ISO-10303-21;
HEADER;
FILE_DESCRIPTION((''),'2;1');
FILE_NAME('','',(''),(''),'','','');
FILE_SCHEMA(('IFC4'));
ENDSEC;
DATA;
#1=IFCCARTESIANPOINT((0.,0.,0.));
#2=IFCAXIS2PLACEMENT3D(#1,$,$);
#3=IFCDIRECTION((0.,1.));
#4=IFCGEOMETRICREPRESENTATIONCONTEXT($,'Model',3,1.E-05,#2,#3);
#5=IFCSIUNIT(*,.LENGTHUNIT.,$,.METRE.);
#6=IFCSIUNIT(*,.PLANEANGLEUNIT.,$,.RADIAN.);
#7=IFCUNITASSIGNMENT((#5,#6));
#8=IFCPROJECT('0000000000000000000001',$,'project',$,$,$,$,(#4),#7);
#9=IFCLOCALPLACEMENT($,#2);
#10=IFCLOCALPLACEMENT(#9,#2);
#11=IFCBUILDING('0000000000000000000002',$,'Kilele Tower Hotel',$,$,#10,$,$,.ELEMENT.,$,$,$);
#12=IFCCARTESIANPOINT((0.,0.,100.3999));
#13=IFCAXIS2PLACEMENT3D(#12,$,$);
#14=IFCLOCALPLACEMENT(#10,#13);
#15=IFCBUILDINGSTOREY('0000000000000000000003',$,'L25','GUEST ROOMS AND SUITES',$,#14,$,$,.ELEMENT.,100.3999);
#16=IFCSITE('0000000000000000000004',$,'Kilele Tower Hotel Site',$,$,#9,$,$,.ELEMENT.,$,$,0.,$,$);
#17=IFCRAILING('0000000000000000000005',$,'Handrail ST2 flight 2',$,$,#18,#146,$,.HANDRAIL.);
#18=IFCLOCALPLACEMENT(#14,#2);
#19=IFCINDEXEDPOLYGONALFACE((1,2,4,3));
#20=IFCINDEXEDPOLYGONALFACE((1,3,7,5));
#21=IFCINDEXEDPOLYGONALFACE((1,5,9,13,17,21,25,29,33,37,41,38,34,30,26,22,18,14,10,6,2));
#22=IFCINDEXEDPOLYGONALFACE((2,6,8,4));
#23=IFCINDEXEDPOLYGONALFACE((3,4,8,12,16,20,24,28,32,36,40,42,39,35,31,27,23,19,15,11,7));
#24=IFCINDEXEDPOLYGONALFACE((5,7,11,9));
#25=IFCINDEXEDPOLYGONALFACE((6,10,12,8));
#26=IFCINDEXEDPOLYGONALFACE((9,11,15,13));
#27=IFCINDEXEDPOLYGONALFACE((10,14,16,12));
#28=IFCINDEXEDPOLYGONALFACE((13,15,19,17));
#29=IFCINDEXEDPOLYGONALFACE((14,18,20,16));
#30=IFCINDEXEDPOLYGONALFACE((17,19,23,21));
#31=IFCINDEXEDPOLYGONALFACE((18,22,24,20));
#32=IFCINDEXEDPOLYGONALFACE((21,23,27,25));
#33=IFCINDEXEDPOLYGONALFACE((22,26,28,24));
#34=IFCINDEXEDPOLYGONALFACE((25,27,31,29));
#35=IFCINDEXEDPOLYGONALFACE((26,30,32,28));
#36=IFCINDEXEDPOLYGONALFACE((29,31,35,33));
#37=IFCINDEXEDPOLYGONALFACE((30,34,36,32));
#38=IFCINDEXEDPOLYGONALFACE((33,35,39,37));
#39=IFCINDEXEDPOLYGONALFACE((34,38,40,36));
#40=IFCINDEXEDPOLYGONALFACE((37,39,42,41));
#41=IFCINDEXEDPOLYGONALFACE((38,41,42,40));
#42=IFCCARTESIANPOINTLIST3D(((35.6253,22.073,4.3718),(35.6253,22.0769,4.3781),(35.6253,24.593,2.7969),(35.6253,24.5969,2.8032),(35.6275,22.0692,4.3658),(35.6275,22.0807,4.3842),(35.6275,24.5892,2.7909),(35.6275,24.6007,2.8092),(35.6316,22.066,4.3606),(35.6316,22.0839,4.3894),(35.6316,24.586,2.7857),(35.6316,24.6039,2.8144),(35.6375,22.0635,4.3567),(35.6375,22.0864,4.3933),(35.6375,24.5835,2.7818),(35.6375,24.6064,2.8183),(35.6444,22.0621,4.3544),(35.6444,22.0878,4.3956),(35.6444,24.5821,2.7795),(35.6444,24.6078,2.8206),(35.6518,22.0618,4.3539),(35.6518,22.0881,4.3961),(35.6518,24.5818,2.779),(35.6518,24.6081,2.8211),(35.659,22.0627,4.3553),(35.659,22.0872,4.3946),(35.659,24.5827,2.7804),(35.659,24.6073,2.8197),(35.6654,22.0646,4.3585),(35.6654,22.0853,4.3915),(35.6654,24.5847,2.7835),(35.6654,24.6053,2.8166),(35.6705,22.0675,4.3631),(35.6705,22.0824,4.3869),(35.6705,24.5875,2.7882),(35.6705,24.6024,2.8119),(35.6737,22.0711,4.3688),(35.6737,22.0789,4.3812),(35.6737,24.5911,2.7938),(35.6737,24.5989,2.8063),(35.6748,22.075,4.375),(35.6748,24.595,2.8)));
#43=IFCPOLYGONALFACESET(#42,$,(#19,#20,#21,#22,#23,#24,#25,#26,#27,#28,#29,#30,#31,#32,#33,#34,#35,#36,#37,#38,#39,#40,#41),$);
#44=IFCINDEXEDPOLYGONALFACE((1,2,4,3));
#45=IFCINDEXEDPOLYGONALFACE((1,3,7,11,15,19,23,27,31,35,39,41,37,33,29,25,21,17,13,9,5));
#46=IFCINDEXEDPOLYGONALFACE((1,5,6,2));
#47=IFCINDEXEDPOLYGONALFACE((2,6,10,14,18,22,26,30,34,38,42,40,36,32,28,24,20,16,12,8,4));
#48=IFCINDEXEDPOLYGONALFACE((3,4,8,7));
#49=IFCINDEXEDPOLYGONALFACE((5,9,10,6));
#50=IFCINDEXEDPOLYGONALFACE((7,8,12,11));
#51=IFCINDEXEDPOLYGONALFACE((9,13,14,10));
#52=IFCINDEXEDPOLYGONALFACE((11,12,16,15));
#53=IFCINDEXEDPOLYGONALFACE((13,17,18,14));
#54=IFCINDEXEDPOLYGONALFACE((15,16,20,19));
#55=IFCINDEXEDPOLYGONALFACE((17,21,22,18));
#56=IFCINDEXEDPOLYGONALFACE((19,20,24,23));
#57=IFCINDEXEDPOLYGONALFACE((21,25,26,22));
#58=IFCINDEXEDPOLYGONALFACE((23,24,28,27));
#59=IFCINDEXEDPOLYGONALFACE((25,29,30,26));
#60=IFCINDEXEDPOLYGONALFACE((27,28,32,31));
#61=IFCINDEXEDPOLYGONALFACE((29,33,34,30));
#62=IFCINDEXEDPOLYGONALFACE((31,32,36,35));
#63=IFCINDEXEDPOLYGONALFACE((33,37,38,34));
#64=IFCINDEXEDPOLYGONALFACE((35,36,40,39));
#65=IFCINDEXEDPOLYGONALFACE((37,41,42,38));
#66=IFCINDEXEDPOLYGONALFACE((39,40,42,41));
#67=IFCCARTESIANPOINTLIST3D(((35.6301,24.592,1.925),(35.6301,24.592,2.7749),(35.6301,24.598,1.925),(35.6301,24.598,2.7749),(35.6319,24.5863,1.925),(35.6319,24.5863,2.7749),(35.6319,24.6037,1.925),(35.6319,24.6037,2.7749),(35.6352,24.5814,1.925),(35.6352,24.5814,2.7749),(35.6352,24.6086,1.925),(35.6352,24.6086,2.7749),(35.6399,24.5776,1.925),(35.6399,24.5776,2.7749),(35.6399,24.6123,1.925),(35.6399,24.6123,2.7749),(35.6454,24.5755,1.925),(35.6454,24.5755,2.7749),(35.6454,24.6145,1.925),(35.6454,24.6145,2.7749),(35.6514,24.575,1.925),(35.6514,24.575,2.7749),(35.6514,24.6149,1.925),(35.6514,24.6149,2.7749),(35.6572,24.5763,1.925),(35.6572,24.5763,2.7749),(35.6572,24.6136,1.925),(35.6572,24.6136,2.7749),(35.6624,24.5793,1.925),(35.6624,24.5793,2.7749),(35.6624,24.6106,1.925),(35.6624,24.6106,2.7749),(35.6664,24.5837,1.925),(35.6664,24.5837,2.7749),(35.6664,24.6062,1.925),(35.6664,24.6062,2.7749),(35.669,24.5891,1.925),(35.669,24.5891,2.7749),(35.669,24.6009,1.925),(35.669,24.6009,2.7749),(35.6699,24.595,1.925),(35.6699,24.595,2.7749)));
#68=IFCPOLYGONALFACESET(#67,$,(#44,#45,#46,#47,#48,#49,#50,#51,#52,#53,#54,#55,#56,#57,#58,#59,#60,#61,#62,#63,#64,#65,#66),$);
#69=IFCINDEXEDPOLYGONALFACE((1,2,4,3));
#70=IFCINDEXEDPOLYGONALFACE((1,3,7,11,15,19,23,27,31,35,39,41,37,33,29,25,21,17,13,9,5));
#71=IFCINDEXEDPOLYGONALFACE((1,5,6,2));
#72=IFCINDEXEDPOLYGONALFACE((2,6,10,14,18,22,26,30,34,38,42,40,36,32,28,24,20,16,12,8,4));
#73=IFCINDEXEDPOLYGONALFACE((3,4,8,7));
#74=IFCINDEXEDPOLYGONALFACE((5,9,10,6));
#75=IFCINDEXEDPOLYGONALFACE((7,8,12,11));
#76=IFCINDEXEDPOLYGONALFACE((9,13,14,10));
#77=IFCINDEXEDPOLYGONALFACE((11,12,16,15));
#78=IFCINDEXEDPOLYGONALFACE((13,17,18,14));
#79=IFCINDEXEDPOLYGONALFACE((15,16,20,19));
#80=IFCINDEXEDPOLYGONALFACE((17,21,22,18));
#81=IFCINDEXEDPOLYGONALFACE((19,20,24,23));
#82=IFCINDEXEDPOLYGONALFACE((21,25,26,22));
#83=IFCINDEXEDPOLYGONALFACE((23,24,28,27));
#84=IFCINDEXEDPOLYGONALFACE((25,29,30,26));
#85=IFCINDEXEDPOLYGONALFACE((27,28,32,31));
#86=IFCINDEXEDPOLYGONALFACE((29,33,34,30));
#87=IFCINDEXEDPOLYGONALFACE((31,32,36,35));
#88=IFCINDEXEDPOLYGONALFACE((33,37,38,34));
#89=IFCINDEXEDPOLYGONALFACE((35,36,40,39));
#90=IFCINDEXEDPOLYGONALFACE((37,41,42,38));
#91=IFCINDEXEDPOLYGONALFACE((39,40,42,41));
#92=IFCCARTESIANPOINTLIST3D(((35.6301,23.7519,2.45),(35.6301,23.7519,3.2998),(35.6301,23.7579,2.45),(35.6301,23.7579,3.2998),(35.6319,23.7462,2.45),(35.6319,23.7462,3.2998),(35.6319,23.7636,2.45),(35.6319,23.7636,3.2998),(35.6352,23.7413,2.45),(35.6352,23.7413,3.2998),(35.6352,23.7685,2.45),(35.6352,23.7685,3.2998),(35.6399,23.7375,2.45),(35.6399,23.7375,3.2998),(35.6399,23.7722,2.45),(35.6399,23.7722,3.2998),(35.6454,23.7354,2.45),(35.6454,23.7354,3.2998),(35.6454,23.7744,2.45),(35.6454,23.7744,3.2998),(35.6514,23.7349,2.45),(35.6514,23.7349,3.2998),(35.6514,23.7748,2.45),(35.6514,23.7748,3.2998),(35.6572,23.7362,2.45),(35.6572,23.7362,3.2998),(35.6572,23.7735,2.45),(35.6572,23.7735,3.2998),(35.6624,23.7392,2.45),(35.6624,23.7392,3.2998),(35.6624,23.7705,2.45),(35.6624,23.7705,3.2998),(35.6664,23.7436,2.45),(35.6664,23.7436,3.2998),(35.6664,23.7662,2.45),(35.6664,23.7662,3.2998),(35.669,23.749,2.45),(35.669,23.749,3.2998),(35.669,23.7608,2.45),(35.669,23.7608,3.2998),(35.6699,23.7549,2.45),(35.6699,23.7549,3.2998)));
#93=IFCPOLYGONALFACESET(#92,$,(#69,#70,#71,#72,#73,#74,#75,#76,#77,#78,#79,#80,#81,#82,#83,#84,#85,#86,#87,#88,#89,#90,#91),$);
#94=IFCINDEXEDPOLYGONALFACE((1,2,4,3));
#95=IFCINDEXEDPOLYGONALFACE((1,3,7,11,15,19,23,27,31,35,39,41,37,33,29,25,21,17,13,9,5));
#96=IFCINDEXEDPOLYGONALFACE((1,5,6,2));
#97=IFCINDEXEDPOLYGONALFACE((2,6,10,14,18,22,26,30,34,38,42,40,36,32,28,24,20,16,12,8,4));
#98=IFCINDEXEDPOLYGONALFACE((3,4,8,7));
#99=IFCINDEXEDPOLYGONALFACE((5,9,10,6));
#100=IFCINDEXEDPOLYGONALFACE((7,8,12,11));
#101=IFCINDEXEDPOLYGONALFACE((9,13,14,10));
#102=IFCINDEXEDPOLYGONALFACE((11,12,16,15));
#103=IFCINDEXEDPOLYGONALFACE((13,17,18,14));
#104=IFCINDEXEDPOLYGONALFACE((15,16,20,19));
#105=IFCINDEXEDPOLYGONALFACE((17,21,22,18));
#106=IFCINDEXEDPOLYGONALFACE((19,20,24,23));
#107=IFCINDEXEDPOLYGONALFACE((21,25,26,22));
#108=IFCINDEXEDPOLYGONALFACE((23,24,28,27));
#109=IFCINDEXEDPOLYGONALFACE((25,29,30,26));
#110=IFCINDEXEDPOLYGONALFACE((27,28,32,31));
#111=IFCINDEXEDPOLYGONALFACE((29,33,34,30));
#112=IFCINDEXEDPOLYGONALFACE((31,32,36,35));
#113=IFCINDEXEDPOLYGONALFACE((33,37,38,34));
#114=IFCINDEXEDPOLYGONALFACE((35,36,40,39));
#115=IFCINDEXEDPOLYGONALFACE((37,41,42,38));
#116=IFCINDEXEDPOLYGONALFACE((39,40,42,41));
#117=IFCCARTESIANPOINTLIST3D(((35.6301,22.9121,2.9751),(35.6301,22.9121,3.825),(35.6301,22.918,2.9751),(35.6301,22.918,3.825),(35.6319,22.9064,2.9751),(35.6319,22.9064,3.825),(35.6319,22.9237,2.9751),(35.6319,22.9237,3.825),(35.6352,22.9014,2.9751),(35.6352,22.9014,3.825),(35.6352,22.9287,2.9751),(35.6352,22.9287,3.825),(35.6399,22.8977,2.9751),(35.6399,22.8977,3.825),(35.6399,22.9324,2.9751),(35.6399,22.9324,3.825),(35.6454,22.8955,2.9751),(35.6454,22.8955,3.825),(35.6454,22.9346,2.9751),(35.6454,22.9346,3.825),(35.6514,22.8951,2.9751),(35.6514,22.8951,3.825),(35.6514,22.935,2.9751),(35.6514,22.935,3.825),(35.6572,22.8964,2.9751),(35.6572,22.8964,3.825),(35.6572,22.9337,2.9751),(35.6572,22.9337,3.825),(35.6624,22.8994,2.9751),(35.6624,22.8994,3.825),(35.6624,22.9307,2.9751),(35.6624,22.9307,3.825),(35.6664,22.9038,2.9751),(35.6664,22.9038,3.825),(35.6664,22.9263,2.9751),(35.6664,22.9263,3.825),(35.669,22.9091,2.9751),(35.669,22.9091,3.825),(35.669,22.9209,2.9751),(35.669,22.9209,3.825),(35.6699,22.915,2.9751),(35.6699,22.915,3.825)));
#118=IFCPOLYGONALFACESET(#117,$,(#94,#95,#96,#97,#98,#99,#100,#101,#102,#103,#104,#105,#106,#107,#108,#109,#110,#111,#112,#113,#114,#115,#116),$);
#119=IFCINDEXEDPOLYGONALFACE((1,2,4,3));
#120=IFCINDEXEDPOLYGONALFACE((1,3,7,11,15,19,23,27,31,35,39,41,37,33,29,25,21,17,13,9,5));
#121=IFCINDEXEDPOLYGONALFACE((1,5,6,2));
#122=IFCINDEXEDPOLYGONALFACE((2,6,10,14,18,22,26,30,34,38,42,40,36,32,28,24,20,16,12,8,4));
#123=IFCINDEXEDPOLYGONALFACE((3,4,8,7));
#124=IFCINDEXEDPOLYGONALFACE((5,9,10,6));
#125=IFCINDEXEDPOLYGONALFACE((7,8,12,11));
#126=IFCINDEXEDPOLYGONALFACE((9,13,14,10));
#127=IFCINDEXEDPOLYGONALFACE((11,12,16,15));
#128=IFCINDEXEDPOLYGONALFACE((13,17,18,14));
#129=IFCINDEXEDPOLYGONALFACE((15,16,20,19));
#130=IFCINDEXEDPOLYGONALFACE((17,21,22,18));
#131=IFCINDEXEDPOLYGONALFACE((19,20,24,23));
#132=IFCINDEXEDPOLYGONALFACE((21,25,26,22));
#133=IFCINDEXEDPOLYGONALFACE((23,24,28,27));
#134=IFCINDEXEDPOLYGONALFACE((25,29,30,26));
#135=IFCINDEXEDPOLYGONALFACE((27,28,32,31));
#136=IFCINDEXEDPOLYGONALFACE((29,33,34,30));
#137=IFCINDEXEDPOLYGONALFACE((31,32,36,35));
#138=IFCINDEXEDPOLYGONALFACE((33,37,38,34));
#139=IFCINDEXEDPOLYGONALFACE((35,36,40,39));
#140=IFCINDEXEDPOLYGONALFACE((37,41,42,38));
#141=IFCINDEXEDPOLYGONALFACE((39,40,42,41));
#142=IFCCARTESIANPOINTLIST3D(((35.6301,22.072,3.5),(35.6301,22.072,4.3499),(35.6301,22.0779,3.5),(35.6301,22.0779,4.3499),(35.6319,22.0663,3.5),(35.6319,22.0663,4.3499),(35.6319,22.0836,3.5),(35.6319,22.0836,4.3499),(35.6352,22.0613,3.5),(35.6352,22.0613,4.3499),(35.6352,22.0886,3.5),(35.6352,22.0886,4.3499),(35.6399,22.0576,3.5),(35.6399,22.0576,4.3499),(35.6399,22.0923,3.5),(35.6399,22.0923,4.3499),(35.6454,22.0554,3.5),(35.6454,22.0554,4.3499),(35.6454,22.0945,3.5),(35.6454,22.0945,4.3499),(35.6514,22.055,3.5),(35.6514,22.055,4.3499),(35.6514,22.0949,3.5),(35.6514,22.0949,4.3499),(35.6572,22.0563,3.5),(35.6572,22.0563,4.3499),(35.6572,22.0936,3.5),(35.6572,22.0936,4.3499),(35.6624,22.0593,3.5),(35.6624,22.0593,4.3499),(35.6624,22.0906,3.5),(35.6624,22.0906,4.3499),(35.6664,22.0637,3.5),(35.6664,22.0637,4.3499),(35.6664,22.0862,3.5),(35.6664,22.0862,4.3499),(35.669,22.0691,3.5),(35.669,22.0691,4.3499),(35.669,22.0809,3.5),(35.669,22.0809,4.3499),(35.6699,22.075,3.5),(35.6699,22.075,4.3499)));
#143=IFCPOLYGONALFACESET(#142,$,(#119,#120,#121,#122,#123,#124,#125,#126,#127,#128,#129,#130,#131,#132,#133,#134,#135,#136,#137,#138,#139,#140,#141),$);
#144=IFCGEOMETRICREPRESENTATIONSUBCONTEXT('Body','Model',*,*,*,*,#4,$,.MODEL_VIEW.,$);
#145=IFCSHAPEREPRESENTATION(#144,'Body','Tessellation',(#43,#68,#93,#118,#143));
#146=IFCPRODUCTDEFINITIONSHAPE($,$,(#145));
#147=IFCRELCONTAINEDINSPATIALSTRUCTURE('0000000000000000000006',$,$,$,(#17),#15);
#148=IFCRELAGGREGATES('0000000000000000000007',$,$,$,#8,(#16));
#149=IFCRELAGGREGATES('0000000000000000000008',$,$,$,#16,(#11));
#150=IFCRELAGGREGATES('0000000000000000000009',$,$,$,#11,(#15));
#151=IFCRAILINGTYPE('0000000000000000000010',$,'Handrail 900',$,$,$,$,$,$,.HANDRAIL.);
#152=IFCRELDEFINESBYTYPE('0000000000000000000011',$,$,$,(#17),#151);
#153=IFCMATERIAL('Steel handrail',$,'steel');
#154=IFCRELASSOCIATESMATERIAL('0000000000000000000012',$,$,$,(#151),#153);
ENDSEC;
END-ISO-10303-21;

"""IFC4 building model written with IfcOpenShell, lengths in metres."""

from ifc_helpers import new_model, si_unit, direction, frame, origin, origin_2d, place, context, subcontext, project, spatial, circle, extrude, material, type_object, element, save


model = new_model("IFC4")

# Units and contexts
model_context = context("Model", 3, precision=1e-05, world=origin(), true_north=direction((0.0, 1.0)))
body_context = subcontext(model_context, "Body", "Model", "MODEL_VIEW")
ifc_project = project(units=[si_unit("LENGTHUNIT", "METRE"), si_unit("PLANEANGLEUNIT", "RADIAN")], contexts=[model_context])

# Site, building, storey
site_placement = place(None, origin())
site = spatial("IfcSite", under=ifc_project, at=site_placement, Name="Kilele Tower Hotel Site", CompositionType="ELEMENT", RefElevation=0.0)
building_placement = place(site_placement, origin())
building = spatial("IfcBuilding", under=site, at=building_placement, Name="Kilele Tower Hotel", CompositionType="ELEMENT")
storey_placement = place(building_placement, frame((0.0, 0.0, 100.3999)))
storey = spatial("IfcBuildingStorey", under=building, at=storey_placement, Name="L25", Description="GUEST ROOMS AND SUITES", CompositionType="ELEMENT", Elevation=100.3999)

# Railing
ifc_material_1 = material(Name="Steel handrail", Category="steel")
railing_type_1 = type_object("IfcRailingType", Name="Handrail 900", PredefinedType="HANDRAIL", material=ifc_material_1)
for number, where, name in (
    (1, (35.6499, 24.595, 1.925), "Handrail ST2 flight 2"),
):
    element("IfcRailing", number, at=place(storey_placement, frame(where)), inside=storey, type_object=railing_type_1, Name=name, PredefinedType="HANDRAIL", context=body_context, shape_type="SweptSolid", body=[
        extrude(circle(Radius=0.0249, at=origin_2d()), frame((0.0, 0.0, 0.875), z_axis=(0.0, -0.848008, 0.529984), x_axis=(1.0, 0.0, 0.0)), (0.0, 0.0, 1.0), 2.9717),
        extrude(circle(Radius=0.02, at=origin_2d()), origin(), (0.0, 0.0, 1.0), 0.8499),
        extrude(circle(Radius=0.02, at=origin_2d()), frame((0.0, -0.8401, 0.5249)), (0.0, 0.0, 1.0), 0.8499),
        extrude(circle(Radius=0.02, at=origin_2d()), frame((0.0, -1.6799, 1.05)), (0.0, 0.0, 1.0), 0.8499),
        extrude(circle(Radius=0.02, at=origin_2d()), frame((0.0, -2.52, 1.575)), (0.0, 0.0, 1.0), 0.8499),
    ])

save(model, "model.ifc")
